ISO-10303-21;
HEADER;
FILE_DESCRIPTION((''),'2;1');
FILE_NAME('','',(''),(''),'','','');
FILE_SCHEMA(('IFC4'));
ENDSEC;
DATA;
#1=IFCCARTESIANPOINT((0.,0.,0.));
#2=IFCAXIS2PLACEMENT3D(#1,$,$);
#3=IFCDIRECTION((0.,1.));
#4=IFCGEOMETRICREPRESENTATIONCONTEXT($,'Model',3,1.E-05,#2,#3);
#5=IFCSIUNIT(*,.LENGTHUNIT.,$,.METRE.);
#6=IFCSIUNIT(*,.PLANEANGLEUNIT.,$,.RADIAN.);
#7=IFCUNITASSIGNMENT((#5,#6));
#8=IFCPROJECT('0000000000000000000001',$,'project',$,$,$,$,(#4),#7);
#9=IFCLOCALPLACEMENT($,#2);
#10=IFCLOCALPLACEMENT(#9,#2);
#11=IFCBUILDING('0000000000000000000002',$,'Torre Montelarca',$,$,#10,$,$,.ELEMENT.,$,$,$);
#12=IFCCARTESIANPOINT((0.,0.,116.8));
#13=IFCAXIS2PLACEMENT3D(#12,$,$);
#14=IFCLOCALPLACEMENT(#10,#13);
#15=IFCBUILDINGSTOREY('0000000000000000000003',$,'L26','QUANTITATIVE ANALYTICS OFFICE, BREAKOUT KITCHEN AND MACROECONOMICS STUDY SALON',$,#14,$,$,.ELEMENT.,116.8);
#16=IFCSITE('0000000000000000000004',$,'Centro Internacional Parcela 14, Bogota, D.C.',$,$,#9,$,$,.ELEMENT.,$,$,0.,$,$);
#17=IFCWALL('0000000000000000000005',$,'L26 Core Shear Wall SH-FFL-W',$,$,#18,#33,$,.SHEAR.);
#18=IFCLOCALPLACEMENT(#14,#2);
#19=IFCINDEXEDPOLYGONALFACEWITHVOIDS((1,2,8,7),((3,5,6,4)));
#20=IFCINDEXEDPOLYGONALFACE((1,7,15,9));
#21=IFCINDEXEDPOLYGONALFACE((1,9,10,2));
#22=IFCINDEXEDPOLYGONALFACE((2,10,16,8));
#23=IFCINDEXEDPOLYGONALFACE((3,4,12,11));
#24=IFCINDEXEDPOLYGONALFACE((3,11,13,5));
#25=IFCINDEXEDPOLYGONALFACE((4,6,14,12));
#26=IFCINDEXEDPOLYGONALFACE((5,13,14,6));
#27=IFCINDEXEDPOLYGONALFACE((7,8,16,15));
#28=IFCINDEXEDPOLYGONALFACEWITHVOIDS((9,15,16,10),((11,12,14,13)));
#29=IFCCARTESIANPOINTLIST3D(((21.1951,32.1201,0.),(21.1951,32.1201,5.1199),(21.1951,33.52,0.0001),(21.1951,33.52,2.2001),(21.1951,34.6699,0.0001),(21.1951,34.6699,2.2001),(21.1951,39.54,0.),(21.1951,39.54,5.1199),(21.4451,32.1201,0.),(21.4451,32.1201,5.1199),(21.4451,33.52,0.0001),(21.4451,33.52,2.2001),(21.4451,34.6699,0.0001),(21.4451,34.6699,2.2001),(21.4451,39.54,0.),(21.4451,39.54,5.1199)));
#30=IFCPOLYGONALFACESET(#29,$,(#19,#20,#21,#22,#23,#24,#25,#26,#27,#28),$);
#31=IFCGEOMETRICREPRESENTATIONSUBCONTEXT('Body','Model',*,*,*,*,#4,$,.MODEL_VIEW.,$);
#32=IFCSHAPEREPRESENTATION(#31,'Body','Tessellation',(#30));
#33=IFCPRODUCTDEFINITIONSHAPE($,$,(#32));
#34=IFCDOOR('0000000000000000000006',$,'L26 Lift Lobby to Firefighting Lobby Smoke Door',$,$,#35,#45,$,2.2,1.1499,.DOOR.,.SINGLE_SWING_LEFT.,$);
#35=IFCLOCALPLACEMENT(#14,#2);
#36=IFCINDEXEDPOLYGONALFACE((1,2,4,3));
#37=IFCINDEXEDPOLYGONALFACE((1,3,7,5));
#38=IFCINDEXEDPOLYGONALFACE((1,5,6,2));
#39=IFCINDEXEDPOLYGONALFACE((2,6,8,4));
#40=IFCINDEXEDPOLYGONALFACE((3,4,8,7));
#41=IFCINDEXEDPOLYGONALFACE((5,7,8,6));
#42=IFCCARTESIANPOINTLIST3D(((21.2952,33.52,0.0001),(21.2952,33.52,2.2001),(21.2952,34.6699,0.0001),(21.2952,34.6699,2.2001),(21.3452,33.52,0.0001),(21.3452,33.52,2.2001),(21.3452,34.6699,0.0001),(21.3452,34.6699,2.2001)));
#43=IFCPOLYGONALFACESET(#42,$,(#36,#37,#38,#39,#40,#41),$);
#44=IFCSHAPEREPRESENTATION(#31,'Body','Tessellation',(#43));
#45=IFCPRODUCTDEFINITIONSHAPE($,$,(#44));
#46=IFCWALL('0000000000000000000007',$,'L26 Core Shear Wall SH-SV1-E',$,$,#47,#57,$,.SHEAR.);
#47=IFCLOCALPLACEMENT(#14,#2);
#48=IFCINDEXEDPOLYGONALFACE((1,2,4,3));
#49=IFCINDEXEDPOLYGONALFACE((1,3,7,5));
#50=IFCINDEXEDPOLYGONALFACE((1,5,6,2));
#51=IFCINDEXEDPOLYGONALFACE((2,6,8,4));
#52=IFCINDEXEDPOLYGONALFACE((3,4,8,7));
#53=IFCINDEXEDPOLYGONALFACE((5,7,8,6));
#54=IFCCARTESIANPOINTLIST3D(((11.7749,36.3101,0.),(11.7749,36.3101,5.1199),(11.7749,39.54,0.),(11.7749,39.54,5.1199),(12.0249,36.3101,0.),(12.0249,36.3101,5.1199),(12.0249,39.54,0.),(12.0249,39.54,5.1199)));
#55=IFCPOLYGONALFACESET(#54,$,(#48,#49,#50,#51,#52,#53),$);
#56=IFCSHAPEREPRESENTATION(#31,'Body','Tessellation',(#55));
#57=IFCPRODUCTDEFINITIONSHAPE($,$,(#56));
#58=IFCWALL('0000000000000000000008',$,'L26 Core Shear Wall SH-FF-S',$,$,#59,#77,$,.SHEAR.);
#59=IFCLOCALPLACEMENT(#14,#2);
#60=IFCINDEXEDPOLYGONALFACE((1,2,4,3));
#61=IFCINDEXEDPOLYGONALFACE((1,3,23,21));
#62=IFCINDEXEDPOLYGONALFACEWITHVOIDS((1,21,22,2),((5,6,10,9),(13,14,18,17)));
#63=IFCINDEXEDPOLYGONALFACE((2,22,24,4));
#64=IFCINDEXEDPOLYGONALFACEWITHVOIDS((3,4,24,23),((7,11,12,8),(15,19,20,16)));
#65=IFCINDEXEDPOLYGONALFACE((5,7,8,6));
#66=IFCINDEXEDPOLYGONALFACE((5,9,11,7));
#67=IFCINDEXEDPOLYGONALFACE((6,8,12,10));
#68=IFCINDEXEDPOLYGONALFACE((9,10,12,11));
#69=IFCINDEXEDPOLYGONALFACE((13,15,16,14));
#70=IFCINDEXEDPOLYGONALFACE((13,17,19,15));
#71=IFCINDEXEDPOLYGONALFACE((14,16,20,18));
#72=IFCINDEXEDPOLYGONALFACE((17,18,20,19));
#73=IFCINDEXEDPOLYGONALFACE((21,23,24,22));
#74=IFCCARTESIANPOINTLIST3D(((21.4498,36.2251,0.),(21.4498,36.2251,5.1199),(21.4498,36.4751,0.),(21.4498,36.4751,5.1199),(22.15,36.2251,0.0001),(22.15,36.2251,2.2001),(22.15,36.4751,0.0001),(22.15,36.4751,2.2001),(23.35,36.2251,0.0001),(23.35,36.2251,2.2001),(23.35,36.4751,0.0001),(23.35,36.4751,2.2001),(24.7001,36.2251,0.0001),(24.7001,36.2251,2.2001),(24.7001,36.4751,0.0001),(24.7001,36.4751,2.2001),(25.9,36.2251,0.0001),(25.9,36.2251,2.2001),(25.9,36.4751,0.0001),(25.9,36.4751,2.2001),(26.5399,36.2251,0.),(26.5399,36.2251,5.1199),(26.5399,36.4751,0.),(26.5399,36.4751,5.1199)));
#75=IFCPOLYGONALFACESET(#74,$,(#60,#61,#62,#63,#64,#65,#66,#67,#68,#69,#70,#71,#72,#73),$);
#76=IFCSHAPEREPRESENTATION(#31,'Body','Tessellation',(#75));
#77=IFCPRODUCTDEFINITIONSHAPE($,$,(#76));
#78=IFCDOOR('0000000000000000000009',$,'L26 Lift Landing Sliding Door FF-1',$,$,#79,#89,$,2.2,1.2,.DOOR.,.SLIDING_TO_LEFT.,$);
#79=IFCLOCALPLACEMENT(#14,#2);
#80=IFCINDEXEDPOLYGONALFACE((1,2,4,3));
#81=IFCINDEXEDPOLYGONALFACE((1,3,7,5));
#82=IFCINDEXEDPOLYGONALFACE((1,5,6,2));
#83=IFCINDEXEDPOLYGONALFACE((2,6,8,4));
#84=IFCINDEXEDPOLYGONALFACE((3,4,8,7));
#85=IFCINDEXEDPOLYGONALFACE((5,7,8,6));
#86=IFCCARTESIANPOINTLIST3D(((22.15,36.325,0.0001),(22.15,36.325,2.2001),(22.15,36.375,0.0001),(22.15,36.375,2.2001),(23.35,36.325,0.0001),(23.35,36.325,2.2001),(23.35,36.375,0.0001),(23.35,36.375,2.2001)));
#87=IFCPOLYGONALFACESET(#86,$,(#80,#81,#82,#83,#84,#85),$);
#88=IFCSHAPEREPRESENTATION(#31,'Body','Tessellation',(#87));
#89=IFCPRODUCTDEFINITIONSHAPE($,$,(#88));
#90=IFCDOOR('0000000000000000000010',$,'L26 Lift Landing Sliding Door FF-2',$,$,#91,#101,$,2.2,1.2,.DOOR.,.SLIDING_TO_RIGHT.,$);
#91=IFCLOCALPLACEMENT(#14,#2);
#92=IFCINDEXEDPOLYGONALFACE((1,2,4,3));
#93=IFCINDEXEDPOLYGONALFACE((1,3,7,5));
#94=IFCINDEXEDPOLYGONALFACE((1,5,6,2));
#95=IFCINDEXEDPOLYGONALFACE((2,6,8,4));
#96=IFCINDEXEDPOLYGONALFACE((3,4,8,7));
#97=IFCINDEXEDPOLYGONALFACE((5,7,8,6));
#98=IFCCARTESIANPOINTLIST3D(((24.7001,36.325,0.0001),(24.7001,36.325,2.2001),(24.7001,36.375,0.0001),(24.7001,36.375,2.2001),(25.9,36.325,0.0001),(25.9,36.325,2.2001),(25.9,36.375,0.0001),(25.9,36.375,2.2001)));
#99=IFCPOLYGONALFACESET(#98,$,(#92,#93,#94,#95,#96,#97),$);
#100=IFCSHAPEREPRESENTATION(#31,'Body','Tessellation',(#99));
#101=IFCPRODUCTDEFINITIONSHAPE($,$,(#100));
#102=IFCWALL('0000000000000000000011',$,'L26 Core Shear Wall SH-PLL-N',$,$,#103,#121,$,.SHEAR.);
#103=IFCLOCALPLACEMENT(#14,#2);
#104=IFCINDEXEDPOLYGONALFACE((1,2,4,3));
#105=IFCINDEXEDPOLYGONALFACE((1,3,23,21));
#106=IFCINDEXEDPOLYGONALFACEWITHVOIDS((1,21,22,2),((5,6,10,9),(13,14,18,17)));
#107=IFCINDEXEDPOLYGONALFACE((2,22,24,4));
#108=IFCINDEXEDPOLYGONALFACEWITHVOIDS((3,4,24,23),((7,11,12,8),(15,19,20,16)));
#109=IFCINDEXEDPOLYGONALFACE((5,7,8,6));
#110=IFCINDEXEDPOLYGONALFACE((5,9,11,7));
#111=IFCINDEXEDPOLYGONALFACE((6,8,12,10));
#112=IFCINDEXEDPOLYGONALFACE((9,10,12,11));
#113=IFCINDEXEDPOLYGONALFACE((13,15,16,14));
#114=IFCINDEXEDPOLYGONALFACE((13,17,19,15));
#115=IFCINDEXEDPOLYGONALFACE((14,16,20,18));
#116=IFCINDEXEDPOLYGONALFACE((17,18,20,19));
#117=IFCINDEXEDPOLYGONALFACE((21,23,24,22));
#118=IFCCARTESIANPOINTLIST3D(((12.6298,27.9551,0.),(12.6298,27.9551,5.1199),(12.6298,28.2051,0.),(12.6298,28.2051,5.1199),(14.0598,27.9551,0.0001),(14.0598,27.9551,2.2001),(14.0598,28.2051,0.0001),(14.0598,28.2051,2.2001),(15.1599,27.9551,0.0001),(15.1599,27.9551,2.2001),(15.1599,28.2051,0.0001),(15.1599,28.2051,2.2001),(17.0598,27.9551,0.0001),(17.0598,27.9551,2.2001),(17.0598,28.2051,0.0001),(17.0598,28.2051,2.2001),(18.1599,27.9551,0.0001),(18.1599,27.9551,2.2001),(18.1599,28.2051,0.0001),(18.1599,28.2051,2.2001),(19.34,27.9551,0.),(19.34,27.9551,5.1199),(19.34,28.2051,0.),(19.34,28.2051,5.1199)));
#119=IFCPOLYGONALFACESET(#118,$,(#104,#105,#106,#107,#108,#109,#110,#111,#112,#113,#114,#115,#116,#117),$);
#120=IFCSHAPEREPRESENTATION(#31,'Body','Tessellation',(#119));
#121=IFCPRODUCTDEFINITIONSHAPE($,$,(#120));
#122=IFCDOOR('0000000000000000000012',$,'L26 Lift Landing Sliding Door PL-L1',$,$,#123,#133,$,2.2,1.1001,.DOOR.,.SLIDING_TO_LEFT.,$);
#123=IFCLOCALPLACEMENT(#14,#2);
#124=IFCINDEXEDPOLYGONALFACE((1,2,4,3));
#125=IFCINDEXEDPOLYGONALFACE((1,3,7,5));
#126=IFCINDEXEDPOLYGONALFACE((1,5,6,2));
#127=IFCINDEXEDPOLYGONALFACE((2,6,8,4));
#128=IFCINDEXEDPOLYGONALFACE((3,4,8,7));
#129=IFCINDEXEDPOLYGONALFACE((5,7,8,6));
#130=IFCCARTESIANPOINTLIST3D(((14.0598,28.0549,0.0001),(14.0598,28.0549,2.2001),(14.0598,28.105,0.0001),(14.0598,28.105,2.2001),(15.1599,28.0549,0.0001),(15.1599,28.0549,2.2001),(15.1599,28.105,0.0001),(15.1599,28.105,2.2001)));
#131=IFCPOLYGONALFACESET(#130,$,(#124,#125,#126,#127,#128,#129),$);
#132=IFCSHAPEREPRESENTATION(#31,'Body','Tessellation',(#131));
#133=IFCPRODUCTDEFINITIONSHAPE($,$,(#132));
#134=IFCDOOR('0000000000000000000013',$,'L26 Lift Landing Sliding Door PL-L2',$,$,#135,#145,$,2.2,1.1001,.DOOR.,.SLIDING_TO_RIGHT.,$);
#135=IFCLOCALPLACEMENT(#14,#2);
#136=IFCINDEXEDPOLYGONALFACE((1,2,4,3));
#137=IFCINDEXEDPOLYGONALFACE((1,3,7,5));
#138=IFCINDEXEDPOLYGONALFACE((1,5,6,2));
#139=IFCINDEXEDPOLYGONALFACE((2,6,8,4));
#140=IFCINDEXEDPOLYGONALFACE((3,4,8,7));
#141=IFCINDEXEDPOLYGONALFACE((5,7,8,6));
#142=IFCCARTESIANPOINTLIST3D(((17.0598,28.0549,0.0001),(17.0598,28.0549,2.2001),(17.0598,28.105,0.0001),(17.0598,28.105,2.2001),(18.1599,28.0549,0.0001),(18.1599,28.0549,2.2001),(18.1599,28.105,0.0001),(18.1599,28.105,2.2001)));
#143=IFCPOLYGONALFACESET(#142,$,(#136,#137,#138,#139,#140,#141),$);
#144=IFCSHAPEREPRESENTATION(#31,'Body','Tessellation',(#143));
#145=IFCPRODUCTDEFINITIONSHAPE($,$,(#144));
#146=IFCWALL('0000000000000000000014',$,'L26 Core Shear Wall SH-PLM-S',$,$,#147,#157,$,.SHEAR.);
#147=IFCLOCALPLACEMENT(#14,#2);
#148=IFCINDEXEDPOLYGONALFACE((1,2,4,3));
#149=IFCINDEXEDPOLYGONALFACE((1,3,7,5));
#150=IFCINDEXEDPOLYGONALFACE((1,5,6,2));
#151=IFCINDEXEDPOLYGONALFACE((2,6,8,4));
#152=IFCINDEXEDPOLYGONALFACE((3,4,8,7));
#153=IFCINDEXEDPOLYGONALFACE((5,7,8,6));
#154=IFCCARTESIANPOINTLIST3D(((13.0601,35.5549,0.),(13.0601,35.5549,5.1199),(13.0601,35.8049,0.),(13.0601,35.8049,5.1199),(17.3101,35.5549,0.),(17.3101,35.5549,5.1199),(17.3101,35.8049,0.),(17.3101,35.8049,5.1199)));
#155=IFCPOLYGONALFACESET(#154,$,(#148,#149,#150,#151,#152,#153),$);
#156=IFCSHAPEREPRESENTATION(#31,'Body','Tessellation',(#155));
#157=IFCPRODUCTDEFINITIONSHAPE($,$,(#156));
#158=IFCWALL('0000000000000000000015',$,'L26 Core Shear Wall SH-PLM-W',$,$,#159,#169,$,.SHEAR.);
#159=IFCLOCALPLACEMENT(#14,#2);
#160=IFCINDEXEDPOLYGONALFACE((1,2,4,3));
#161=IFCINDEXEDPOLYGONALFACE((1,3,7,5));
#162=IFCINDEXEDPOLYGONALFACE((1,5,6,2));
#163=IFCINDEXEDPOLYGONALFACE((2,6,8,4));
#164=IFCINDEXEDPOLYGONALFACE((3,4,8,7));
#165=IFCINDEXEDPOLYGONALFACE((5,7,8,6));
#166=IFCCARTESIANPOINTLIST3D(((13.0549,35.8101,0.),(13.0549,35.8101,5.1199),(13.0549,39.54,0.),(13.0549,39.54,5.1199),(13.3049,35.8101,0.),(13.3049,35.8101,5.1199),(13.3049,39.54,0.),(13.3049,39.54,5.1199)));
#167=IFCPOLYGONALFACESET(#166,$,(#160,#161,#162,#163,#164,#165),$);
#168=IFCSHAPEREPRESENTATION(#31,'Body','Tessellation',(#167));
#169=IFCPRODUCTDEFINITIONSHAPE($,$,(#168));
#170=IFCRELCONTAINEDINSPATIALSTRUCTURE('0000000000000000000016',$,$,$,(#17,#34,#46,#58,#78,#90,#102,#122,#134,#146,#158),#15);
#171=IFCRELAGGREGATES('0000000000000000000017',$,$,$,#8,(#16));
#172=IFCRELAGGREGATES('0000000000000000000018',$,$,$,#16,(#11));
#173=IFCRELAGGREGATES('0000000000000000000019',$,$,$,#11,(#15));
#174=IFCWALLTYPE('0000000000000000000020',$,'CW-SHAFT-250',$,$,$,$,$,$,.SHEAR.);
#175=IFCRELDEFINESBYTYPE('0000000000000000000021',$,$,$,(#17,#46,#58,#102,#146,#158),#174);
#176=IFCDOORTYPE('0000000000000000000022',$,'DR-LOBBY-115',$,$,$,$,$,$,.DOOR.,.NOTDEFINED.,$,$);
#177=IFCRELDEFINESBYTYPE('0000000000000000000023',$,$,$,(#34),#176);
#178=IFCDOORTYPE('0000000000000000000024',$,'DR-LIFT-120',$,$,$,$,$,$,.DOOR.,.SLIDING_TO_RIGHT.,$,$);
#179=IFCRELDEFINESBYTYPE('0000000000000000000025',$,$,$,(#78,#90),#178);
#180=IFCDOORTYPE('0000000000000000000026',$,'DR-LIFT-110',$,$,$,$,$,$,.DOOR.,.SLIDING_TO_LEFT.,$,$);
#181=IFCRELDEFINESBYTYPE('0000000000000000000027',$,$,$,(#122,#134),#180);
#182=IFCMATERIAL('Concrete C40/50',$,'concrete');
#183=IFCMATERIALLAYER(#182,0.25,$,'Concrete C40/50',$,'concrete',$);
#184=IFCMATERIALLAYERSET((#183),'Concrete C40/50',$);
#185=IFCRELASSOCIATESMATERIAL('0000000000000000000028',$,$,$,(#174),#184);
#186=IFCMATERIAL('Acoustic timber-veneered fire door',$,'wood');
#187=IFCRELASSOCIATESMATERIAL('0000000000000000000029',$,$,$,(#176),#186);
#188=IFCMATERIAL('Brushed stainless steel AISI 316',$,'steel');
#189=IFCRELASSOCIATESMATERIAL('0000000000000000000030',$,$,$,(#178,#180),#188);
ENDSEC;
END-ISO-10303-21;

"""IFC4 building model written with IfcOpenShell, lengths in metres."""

from ifc_helpers import new_model, si_unit, direction, frame, frame_2d, origin, place, context, subcontext, project, spatial, rectangle, extrude, source, transform, mapped, material, layer, layer_set, type_object, element, fill, save


model = new_model("IFC4")

# Units and contexts
model_context = context("Model", 3, precision=1e-05, world=origin(), true_north=direction((0.0, 1.0)))
body_context = subcontext(model_context, "Body", "Model", "MODEL_VIEW")
ifc_project = project(units=[si_unit("LENGTHUNIT", "METRE"), si_unit("PLANEANGLEUNIT", "RADIAN")], contexts=[model_context])

# Site, building, storey
site_placement = place(None, origin())
site = spatial("IfcSite", under=ifc_project, at=site_placement, Name="Centro Internacional Parcela 14, Bogota, D.C.", CompositionType="ELEMENT", RefElevation=0.0)
building_placement = place(site_placement, origin())
building = spatial("IfcBuilding", under=site, at=building_placement, Name="Torre Montelarca", CompositionType="ELEMENT")
storey_placement = place(building_placement, frame((0.0, 0.0, 116.8)))
storey = spatial("IfcBuildingStorey", under=building, at=storey_placement, Name="L26", Description="QUANTITATIVE ANALYTICS OFFICE, BREAKOUT KITCHEN AND MACROECONOMICS STUDY SALON", CompositionType="ELEMENT", Elevation=116.8)

# Wall, opening, door
ifc_material_1 = material(Name="Concrete C40/50", Category="concrete")
ifc_layer_1 = layer(ifc_material_1, 0.25, Name="Concrete C40/50", Category="concrete")
ifc_layer_set_1 = layer_set([ifc_layer_1], Name="Concrete C40/50")
wall_type_1 = type_object("IfcWallType", Name="CW-SHAFT-250", PredefinedType="SHEAR", material=ifc_layer_set_1)
wall_1_placement = place(storey_placement, frame((21.3201, 32.1201, 0.0), z_axis=(0.0, 0.0, 1.0), x_axis=(0.0, 1.0, 0.0)))
wall_1 = element("IfcWall", 1, at=wall_1_placement, inside=storey, type_object=wall_type_1, Name="L26 Core Shear Wall SH-FFL-W", PredefinedType="SHEAR", context=body_context, shape_type="SweptSolid", body=[
    extrude(rectangle(XDim=7.4199, YDim=0.25, at=frame_2d((3.71, 0.0))), origin(), (0.0, 0.0, 1.0), 5.1199),
])
opening_1_placement = place(wall_1_placement, frame((1.3999, 0.0, 0.0)))
opening_1 = element("IfcOpeningElement", 2, at=opening_1_placement, cuts=wall_1, PredefinedType="OPENING", context=body_context, shape_type="SweptSolid", body=[
    extrude(rectangle(XDim=1.1499, YDim=2.2, at=frame_2d((0.575, 1.1001))), frame((0.0, 0.135, 0.0), z_axis=(0.0, -1.0, 0.0), x_axis=(1.0, 0.0, 0.0)), (0.0, 0.0, 1.0), 0.27),
])
ifc_material_2 = material(Name="Acoustic timber-veneered fire door", Category="wood")
door_type_1 = type_object("IfcDoorType", Name="DR-LOBBY-115", OperationType="NOTDEFINED", PredefinedType="DOOR", material=ifc_material_2)
shared_shape_1 = source(origin(), body_context, "Body", "SweptSolid", [
    extrude(rectangle(XDim=1.1499, YDim=2.2, at=frame_2d((0.575, 1.1001))), frame((0.0, 0.0249, 0.0), z_axis=(0.0, -1.0, 0.0), x_axis=(1.0, 0.0, 0.0)), (0.0, 0.0, 1.0), 0.05),
])
door_1_placement = place(opening_1_placement, origin())
door_1 = element("IfcDoor", 3, at=door_1_placement, inside=storey, type_object=door_type_1, Name="L26 Lift Lobby to Firefighting Lobby Smoke Door", OperationType="SINGLE_SWING_LEFT", OverallHeight=2.2, OverallWidth=1.1499, PredefinedType="DOOR", context=body_context, shape_type="MappedRepresentation", body=[
    mapped(shared_shape_1, transform((0.0, 0.0, 0.0), scale=1.0)),
])
fill(opening_1, door_1)

# Wall
wall_2_placement = place(storey_placement, frame((11.8999, 36.3101, 0.0), z_axis=(0.0, 0.0, 1.0), x_axis=(0.0, 1.0, 0.0)))
element("IfcWall", 4, at=wall_2_placement, inside=storey, type_object=wall_type_1, Name="L26 Core Shear Wall SH-SV1-E", PredefinedType="SHEAR", context=body_context, shape_type="SweptSolid", body=[
    extrude(rectangle(XDim=3.23, YDim=0.25, at=frame_2d((1.615, 0.0))), origin(), (0.0, 0.0, 1.0), 5.1199),
])

# Walls, openings, doors
wall_3_placement = place(storey_placement, frame((21.45, 36.3501, 0.0), z_axis=(0.0, 0.0, 1.0), x_axis=(1.0, 0.0, 0.0)))
wall_3 = element("IfcWall", 5, at=wall_3_placement, inside=storey, type_object=wall_type_1, Name="L26 Core Shear Wall SH-FF-S", PredefinedType="SHEAR", context=body_context, shape_type="SweptSolid", body=[
    extrude(rectangle(XDim=5.0901, YDim=0.25, at=frame_2d((2.5449, 0.0))), origin(), (0.0, 0.0, 1.0), 5.1199),
])
opening_2_placement = place(wall_3_placement, frame((0.7, 0.0, 0.0)))
opening_2 = element("IfcOpeningElement", 6, at=opening_2_placement, cuts=wall_3, PredefinedType="OPENING", context=body_context, shape_type="SweptSolid", body=[
    extrude(rectangle(XDim=1.2, YDim=2.2, at=frame_2d((0.6001, 1.1001))), frame((0.0, 0.135, 0.0), z_axis=(0.0, -1.0, 0.0), x_axis=(1.0, 0.0, 0.0)), (0.0, 0.0, 1.0), 0.27),
])
opening_3_placement = place(wall_3_placement, frame((3.25, 0.0, 0.0)))
opening_3 = element("IfcOpeningElement", 7, at=opening_3_placement, cuts=wall_3, PredefinedType="OPENING", context=body_context, shape_type="SweptSolid", body=[
    extrude(rectangle(XDim=1.2, YDim=2.2, at=frame_2d((0.6001, 1.1001))), frame((0.0, 0.135, 0.0), z_axis=(0.0, -1.0, 0.0), x_axis=(1.0, 0.0, 0.0)), (0.0, 0.0, 1.0), 0.27),
])
ifc_material_3 = material(Name="Brushed stainless steel AISI 316", Category="steel")
door_type_2 = type_object("IfcDoorType", Name="DR-LIFT-120", OperationType="SLIDING_TO_RIGHT", PredefinedType="DOOR", material=ifc_material_3)
shared_shape_2 = source(origin(), body_context, "Body", "SweptSolid", [
    extrude(rectangle(XDim=1.2, YDim=2.2, at=frame_2d((0.6001, 1.1001))), frame((0.0, 0.0249, 0.0), z_axis=(0.0, -1.0, 0.0), x_axis=(1.0, 0.0, 0.0)), (0.0, 0.0, 1.0), 0.05),
])
door_2_placement = place(opening_2_placement, origin())
door_2 = element("IfcDoor", 8, at=door_2_placement, inside=storey, type_object=door_type_2, Name="L26 Lift Landing Sliding Door FF-1", OperationType="SLIDING_TO_LEFT", OverallHeight=2.2, OverallWidth=1.2, PredefinedType="DOOR", context=body_context, shape_type="MappedRepresentation", body=[
    mapped(shared_shape_2, transform((0.0, 0.0, 0.0), scale=1.0)),
])
fill(opening_2, door_2)
door_3_placement = place(opening_3_placement, origin())
door_3 = element("IfcDoor", 9, at=door_3_placement, inside=storey, type_object=door_type_2, Name="L26 Lift Landing Sliding Door FF-2", OperationType="SLIDING_TO_RIGHT", OverallHeight=2.2, OverallWidth=1.2, PredefinedType="DOOR", context=body_context, shape_type="MappedRepresentation", body=[
    mapped(shared_shape_2, transform((0.0, 0.0, 0.0), scale=1.0)),
])
fill(opening_3, door_3)
wall_4_placement = place(storey_placement, frame((12.6299, 28.0801, 0.0), z_axis=(0.0, 0.0, 1.0), x_axis=(1.0, 0.0, 0.0)))
wall_4 = element("IfcWall", 10, at=wall_4_placement, inside=storey, type_object=wall_type_1, Name="L26 Core Shear Wall SH-PLL-N", PredefinedType="SHEAR", context=body_context, shape_type="SweptSolid", body=[
    extrude(rectangle(XDim=6.7102, YDim=0.25, at=frame_2d((3.355, 0.0))), origin(), (0.0, 0.0, 1.0), 5.1199),
])
opening_4_placement = place(wall_4_placement, frame((1.4299, 0.0, 0.0)))
opening_4 = element("IfcOpeningElement", 11, at=opening_4_placement, cuts=wall_4, PredefinedType="OPENING", context=body_context, shape_type="SweptSolid", body=[
    extrude(rectangle(XDim=1.1001, YDim=2.2, at=frame_2d((0.55, 1.1001))), frame((0.0, 0.135, 0.0), z_axis=(0.0, -1.0, 0.0), x_axis=(1.0, 0.0, 0.0)), (0.0, 0.0, 1.0), 0.27),
])
opening_5_placement = place(wall_4_placement, frame((4.4299, 0.0, 0.0)))
opening_5 = element("IfcOpeningElement", 12, at=opening_5_placement, cuts=wall_4, PredefinedType="OPENING", context=body_context, shape_type="SweptSolid", body=[
    extrude(rectangle(XDim=1.1001, YDim=2.2, at=frame_2d((0.55, 1.1001))), frame((0.0, 0.135, 0.0), z_axis=(0.0, -1.0, 0.0), x_axis=(1.0, 0.0, 0.0)), (0.0, 0.0, 1.0), 0.27),
])
door_type_3 = type_object("IfcDoorType", Name="DR-LIFT-110", OperationType="SLIDING_TO_LEFT", PredefinedType="DOOR", material=ifc_material_3)
shared_shape_3 = source(origin(), body_context, "Body", "SweptSolid", [
    extrude(rectangle(XDim=1.1001, YDim=2.2, at=frame_2d((0.55, 1.1001))), frame((0.0, 0.0249, 0.0), z_axis=(0.0, -1.0, 0.0), x_axis=(1.0, 0.0, 0.0)), (0.0, 0.0, 1.0), 0.05),
])
door_4_placement = place(opening_4_placement, origin())
door_4 = element("IfcDoor", 13, at=door_4_placement, inside=storey, type_object=door_type_3, Name="L26 Lift Landing Sliding Door PL-L1", OperationType="SLIDING_TO_LEFT", OverallHeight=2.2, OverallWidth=1.1001, PredefinedType="DOOR", context=body_context, shape_type="MappedRepresentation", body=[
    mapped(shared_shape_3, transform((0.0, 0.0, 0.0), scale=1.0)),
])
fill(opening_4, door_4)
door_5_placement = place(opening_5_placement, origin())
door_5 = element("IfcDoor", 14, at=door_5_placement, inside=storey, type_object=door_type_3, Name="L26 Lift Landing Sliding Door PL-L2", OperationType="SLIDING_TO_RIGHT", OverallHeight=2.2, OverallWidth=1.1001, PredefinedType="DOOR", context=body_context, shape_type="MappedRepresentation", body=[
    mapped(shared_shape_3, transform((0.0, 0.0, 0.0), scale=1.0)),
])
fill(opening_5, door_5)

# Walls
wall_5_placement = place(storey_placement, frame((13.0601, 35.6799, 0.0), z_axis=(0.0, 0.0, 1.0), x_axis=(1.0, 0.0, 0.0)))
element("IfcWall", 15, at=wall_5_placement, inside=storey, type_object=wall_type_1, Name="L26 Core Shear Wall SH-PLM-S", PredefinedType="SHEAR", context=body_context, shape_type="SweptSolid", body=[
    extrude(rectangle(XDim=4.25, YDim=0.25, at=frame_2d((2.125, 0.0))), origin(), (0.0, 0.0, 1.0), 5.1199),
])
for number, where, z_axis, x_axis, name in (
    (16, (13.1799, 35.8101, 0.0), (0.0, 0.0, 1.0), (0.0, 1.0, 0.0), "L26 Core Shear Wall SH-PLM-W"),
):
    element("IfcWall", number, at=place(storey_placement, frame(where, z_axis=z_axis, x_axis=x_axis)), inside=storey, type_object=wall_type_1, Name=name, PredefinedType="SHEAR", context=body_context, shape_type="SweptSolid", body=[
        extrude(rectangle(XDim=3.73, YDim=0.25, at=frame_2d((1.865, 0.0))), origin(), (0.0, 0.0, 1.0), 5.1199),
    ])

save(model, "model.ifc")
